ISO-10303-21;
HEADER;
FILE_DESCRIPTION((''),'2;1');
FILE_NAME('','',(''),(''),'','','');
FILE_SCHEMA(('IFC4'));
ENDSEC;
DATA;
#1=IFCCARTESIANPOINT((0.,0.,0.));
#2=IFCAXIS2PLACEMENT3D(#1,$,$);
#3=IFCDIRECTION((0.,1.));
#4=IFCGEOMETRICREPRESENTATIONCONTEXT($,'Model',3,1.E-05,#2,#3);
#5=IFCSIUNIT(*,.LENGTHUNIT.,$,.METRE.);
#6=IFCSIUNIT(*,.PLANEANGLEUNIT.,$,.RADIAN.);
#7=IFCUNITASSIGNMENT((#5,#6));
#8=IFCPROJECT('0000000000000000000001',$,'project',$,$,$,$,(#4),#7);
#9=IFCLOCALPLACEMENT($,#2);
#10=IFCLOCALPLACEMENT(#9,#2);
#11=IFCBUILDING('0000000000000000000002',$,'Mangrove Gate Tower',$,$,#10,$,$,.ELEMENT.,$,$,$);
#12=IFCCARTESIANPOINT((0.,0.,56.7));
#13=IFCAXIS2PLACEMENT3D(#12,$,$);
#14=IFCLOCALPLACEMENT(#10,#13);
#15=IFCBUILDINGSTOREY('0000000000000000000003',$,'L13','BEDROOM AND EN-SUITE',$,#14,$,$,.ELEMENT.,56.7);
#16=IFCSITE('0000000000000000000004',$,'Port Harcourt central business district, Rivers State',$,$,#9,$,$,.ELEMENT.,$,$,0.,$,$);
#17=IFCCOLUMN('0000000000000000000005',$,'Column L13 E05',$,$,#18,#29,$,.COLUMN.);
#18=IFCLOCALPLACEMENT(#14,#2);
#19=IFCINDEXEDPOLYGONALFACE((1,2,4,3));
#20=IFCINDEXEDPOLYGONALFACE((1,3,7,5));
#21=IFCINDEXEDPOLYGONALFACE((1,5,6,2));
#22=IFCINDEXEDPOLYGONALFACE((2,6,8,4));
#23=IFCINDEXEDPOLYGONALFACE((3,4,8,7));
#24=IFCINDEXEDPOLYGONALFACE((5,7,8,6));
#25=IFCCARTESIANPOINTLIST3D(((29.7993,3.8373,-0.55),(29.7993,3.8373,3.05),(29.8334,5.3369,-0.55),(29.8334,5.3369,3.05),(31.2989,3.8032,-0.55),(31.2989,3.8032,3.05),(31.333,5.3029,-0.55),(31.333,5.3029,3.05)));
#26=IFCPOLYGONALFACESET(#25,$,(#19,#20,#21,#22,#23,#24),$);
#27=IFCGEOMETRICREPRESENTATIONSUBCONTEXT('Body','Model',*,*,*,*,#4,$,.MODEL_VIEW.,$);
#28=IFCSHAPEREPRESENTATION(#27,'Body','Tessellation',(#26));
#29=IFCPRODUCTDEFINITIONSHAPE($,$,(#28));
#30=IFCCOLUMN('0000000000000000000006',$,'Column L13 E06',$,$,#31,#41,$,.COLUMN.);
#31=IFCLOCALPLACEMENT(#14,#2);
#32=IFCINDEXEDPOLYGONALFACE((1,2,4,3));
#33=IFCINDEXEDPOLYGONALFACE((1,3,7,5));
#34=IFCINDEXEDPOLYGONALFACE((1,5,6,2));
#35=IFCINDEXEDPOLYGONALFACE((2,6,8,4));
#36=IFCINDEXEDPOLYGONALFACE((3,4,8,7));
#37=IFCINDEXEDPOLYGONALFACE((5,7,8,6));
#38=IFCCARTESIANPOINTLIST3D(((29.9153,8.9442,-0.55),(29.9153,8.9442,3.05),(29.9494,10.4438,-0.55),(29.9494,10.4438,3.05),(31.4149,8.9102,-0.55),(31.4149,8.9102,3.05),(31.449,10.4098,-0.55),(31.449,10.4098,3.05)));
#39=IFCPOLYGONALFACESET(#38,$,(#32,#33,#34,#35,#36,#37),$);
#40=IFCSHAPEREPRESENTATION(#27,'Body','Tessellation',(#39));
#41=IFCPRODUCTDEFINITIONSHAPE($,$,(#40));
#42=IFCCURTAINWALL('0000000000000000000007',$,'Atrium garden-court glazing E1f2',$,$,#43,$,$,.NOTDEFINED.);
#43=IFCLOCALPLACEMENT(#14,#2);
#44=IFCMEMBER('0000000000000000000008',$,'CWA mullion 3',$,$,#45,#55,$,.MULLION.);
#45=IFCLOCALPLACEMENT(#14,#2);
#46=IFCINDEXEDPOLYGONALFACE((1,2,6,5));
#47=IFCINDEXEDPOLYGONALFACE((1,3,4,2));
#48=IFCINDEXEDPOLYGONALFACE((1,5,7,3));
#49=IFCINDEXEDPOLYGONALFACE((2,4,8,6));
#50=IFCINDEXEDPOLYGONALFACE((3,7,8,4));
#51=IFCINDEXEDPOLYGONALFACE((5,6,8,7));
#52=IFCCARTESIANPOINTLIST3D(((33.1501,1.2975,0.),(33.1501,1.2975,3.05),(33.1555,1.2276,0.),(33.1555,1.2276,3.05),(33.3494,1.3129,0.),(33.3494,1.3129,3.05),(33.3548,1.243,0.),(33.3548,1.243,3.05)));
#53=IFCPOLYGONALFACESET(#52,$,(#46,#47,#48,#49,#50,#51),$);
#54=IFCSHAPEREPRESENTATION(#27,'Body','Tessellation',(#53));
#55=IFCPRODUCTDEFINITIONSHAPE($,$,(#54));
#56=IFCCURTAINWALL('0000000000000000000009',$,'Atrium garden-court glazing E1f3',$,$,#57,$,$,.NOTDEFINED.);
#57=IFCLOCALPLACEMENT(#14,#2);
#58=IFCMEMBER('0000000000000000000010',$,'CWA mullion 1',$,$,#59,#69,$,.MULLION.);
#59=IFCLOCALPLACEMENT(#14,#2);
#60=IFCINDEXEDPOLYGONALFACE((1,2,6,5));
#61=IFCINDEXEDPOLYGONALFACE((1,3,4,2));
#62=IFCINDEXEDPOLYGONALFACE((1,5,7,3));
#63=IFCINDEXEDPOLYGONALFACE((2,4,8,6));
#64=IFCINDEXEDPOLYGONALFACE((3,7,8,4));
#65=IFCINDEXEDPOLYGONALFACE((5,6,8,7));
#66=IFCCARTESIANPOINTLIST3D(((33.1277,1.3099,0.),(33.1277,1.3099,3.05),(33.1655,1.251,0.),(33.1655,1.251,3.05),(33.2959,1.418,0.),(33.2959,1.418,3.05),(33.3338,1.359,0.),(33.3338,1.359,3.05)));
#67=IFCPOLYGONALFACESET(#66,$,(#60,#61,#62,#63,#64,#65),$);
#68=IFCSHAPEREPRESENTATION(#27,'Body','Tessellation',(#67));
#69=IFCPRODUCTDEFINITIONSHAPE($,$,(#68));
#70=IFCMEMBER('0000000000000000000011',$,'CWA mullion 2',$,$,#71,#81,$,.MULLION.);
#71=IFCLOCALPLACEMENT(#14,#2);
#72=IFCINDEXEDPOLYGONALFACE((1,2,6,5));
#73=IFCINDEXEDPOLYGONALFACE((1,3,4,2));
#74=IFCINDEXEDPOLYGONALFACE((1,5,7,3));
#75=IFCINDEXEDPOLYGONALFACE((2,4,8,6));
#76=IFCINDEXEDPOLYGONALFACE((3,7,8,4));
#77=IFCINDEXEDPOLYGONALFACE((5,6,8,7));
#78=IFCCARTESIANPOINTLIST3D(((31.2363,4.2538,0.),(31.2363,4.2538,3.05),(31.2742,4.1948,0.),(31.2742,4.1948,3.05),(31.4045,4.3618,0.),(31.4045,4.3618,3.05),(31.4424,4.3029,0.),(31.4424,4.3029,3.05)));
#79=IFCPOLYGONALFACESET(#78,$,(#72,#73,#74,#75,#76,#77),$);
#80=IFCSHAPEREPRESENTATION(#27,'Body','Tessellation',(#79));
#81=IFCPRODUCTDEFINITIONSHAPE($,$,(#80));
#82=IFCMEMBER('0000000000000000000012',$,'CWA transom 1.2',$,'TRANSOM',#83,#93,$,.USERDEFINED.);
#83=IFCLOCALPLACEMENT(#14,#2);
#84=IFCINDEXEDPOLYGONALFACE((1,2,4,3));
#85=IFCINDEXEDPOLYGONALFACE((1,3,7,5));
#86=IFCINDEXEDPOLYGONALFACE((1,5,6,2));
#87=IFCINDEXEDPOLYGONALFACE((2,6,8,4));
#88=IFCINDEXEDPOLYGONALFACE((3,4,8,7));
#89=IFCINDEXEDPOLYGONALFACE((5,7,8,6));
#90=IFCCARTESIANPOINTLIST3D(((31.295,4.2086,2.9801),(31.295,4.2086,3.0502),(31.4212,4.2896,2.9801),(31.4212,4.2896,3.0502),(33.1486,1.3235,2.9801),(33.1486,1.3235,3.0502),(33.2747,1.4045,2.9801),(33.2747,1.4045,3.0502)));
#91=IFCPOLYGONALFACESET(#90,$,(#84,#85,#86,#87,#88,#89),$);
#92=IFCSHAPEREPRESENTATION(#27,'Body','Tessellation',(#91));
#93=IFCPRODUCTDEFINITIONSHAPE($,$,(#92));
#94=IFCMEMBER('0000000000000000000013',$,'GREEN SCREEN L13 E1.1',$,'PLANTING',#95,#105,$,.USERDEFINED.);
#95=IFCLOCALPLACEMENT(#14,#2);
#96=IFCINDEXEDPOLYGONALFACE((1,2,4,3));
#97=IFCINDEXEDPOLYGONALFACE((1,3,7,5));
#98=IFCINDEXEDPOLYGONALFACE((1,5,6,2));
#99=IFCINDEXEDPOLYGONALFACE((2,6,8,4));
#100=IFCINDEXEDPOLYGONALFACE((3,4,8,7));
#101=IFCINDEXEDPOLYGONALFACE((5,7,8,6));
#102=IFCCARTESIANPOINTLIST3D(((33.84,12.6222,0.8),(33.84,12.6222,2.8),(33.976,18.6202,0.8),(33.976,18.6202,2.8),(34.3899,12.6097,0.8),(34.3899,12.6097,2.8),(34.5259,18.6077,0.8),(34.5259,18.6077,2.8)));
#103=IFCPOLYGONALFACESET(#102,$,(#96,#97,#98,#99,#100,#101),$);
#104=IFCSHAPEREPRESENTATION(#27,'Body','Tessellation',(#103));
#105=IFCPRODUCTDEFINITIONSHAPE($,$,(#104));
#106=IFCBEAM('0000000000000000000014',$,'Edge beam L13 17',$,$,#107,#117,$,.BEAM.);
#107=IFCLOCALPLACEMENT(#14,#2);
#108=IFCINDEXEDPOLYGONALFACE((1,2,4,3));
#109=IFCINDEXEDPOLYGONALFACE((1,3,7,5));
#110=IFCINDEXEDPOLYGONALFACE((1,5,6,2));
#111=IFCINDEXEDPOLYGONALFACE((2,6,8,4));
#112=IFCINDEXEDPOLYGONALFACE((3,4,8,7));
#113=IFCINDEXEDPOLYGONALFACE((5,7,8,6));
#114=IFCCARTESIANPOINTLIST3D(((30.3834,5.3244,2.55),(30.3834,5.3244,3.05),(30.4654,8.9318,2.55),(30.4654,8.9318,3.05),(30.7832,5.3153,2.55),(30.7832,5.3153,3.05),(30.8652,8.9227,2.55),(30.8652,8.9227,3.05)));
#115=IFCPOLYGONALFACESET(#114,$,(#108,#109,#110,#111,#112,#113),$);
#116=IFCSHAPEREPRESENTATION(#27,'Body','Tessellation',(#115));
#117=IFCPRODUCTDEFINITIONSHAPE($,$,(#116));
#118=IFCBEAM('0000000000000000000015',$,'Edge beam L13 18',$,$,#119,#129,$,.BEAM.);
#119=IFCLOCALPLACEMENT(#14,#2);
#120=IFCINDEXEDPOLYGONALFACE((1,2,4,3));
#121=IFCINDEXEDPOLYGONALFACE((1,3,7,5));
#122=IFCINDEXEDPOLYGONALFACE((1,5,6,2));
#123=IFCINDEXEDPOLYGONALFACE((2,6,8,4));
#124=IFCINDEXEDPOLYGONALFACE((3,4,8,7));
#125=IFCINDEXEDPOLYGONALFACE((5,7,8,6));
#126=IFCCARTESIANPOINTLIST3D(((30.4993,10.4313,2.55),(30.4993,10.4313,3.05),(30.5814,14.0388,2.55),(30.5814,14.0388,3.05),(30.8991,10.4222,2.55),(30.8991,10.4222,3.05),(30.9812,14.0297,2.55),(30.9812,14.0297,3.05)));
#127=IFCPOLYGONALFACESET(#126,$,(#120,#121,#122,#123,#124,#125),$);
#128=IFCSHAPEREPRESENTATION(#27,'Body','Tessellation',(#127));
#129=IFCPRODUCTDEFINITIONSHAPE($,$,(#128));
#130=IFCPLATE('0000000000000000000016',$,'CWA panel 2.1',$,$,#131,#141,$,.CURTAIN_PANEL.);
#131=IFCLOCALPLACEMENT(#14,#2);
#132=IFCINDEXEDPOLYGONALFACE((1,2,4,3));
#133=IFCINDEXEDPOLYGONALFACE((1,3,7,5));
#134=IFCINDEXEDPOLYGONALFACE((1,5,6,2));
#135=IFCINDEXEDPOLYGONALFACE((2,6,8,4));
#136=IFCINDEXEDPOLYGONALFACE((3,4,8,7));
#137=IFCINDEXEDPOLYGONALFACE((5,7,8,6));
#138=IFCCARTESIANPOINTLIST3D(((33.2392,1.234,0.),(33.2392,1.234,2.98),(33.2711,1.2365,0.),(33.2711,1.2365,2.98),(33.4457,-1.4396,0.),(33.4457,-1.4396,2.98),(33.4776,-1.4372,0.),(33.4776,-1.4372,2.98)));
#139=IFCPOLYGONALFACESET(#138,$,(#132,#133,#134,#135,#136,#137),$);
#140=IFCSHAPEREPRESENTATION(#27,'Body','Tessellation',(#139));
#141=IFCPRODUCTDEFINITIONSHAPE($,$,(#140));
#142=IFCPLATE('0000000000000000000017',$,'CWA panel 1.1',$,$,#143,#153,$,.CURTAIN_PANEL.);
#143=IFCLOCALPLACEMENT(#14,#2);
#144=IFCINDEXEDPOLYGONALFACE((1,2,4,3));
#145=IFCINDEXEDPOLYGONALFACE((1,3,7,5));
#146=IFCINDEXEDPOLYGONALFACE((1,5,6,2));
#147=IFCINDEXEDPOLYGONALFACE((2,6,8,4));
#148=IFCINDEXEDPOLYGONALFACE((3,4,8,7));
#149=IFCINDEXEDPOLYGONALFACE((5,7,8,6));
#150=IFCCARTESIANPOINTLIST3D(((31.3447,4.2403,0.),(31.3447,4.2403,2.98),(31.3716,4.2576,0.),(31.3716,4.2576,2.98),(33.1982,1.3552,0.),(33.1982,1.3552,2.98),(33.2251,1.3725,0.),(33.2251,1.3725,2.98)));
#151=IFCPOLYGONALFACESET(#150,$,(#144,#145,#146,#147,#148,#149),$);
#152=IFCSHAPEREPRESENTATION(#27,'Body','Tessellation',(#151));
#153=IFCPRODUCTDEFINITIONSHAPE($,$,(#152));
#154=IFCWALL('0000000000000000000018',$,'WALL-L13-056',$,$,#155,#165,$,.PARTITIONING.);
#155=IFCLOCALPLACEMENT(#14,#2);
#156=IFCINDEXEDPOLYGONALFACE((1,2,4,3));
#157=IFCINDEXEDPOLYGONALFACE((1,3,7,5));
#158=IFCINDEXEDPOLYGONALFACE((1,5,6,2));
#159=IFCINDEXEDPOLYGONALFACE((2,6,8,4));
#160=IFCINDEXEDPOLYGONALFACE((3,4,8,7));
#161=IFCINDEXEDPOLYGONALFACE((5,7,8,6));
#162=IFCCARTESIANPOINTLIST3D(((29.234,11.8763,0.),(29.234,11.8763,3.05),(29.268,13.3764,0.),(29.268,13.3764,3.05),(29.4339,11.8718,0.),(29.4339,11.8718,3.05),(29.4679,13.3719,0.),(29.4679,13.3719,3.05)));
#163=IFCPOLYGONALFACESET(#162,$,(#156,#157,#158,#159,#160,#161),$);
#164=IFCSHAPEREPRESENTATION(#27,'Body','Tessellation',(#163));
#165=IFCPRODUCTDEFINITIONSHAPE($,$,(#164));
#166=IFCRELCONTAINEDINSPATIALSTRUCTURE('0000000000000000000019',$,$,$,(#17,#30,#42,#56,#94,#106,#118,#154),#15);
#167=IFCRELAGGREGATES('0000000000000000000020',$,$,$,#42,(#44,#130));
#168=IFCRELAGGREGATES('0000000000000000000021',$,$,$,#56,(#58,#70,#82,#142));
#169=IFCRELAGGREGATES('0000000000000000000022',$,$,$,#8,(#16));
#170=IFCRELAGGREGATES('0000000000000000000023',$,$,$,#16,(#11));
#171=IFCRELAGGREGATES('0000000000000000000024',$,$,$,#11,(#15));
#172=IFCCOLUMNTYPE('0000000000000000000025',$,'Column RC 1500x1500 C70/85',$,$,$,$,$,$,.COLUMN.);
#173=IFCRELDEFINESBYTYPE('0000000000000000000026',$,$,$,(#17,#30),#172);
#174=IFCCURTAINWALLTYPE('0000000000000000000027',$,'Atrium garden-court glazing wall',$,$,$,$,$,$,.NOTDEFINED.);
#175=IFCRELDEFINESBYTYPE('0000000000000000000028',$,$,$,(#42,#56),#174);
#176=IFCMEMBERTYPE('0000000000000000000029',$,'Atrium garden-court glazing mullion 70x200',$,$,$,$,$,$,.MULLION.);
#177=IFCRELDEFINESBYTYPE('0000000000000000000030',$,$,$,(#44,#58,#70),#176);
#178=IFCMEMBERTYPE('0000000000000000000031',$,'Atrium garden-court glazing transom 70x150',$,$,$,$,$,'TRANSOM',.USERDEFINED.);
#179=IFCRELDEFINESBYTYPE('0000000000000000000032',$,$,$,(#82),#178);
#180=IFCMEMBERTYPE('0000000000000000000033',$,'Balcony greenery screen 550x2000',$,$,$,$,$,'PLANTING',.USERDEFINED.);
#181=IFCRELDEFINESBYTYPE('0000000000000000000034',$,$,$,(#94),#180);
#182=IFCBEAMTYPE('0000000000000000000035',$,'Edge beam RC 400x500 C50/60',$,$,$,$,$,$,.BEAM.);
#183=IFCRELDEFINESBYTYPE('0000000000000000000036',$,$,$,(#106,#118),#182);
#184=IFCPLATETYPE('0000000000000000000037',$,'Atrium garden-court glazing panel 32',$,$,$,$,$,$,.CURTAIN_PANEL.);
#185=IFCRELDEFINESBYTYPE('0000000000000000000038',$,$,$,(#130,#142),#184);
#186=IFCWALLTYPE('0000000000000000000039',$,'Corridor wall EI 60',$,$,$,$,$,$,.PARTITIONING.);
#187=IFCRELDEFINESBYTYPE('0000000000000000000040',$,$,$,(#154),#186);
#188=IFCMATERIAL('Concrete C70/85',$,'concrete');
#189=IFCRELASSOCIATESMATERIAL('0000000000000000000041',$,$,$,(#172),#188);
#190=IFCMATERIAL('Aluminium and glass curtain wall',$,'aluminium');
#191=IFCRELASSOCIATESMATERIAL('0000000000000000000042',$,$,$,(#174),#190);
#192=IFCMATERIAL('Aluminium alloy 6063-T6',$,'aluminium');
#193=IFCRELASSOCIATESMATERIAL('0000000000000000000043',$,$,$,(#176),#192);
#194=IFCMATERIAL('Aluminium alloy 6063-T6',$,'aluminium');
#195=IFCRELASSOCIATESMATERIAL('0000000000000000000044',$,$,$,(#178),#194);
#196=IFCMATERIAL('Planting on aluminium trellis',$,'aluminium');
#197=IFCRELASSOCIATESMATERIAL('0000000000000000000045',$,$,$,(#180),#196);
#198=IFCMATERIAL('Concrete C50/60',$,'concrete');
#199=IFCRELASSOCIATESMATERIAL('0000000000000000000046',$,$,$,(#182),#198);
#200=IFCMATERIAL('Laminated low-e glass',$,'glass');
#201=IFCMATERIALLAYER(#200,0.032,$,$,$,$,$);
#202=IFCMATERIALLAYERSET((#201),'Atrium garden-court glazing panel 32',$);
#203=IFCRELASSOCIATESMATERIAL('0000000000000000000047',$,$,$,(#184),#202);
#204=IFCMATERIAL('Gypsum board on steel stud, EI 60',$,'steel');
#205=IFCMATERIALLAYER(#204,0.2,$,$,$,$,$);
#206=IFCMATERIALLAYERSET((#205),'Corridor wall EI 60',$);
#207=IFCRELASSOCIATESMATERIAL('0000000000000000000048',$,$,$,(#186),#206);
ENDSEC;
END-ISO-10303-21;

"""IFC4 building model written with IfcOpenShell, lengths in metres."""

from ifc_helpers import new_model, si_unit, direction, frame, frame_2d, origin, origin_2d, place, context, subcontext, project, spatial, rectangle, extrude, material, layer, layer_set, material_profile, profile_set, type_object, element, aggregate, save


model = new_model("IFC4")

# Units and contexts
model_context = context("Model", 3, precision=1e-05, world=origin(), true_north=direction((0.0, 1.0)))
body_context = subcontext(model_context, "Body", "Model", "MODEL_VIEW")
ifc_project = project(units=[si_unit("LENGTHUNIT", "METRE"), si_unit("PLANEANGLEUNIT", "RADIAN")], contexts=[model_context])

# Site, building, storey
site_placement = place(None, origin())
site = spatial("IfcSite", under=ifc_project, at=site_placement, Name="Port Harcourt central business district, Rivers State", CompositionType="ELEMENT", RefElevation=0.0)
building_placement = place(site_placement, origin())
building = spatial("IfcBuilding", under=site, at=building_placement, Name="Mangrove Gate Tower", CompositionType="ELEMENT")
storey_placement = place(building_placement, frame((0.0, 0.0, 56.7)))
storey = spatial("IfcBuildingStorey", under=building, at=storey_placement, Name="L13", Description="BEDROOM AND EN-SUITE", CompositionType="ELEMENT", Elevation=56.7)

# Columns
ifc_material_1 = material(Name="Concrete C70/85", Category="concrete")
ifc_material_profile_1 = material_profile(ifc_material_1, rectangle(XDim=1.5, YDim=1.5, at=origin_2d()))
ifc_profile_set_1 = profile_set([ifc_material_profile_1], Name="Concrete C70/85")
column_type = type_object("IfcColumnType", Name="Column RC 1500x1500 C70/85", PredefinedType="COLUMN", material=ifc_profile_set_1)
for number, where, z_axis, x_axis, name in (
    (1, (30.5662, 4.5701, -0.55), (0.0, 0.0, 1.0), (0.022695, 0.999742, 0.0), "Column L13 E05"),
    (2, (30.6821, 9.677, -0.55), (0.0, 0.0, 1.0), (0.022708, 0.999742, 0.0), "Column L13 E06"),
):
    element("IfcColumn", number, at=place(storey_placement, frame(where, z_axis=z_axis, x_axis=x_axis)), inside=storey, type_object=column_type, Name=name, PredefinedType="COLUMN", context=body_context, shape_type="SweptSolid", body=[
        extrude(rectangle(XDim=1.5, YDim=1.5, at=origin_2d()), origin(), (0.0, 0.0, 1.0), 3.6001),
    ])

# Curtain wall, member
ifc_material_2 = material(Name="Aluminium and glass curtain wall", Category="aluminium")
curtain_wall_type = type_object("IfcCurtainWallType", Name="Atrium garden-court glazing wall", PredefinedType="NOTDEFINED", material=ifc_material_2)
curtain_wall_1_placement = place(storey_placement, origin())
curtain_wall_1 = element("IfcCurtainWall", 3, at=curtain_wall_1_placement, inside=storey, type_object=curtain_wall_type, Name="Atrium garden-court glazing E1f2", PredefinedType="NOTDEFINED")
ifc_material_3 = material(Name="Aluminium alloy 6063-T6", Category="aluminium")
ifc_material_profile_2 = material_profile(ifc_material_3, rectangle(XDim=0.0701, YDim=0.2, at=origin_2d()))
ifc_profile_set_2 = profile_set([ifc_material_profile_2], Name="Aluminium alloy 6063-T6")
member_type_1 = type_object("IfcMemberType", Name="Atrium garden-court glazing mullion 70x200", PredefinedType="MULLION", material=ifc_profile_set_2)
member_1_placement = place(storey_placement, frame((33.2524, 1.2703, 0.0), z_axis=(0.0, 0.0, 1.0), x_axis=(-0.077023, 0.997029, 0.0)))
member_1 = element("IfcMember", 4, at=member_1_placement, type_object=member_type_1, Name="CWA mullion 3", PredefinedType="MULLION", context=body_context, shape_type="SweptSolid", body=[
    extrude(rectangle(XDim=0.0701, YDim=0.2, at=origin_2d()), origin(), (0.0, 0.0, 1.0), 3.05),
])

# Curtain wall, members
curtain_wall_2_placement = place(storey_placement, origin())
curtain_wall_2 = element("IfcCurtainWall", 5, at=curtain_wall_2_placement, inside=storey, type_object=curtain_wall_type, Name="Atrium garden-court glazing E1f3", PredefinedType="NOTDEFINED")
member_2_placement = place(storey_placement, frame((33.2307, 1.3345, 0.0), z_axis=(0.0, 0.0, 1.0), x_axis=(-0.540525, 0.841328, 0.0)))
member_2 = element("IfcMember", 6, at=member_2_placement, type_object=member_type_1, Name="CWA mullion 1", PredefinedType="MULLION", context=body_context, shape_type="SweptSolid", body=[
    extrude(rectangle(XDim=0.0701, YDim=0.2, at=origin_2d()), origin(), (0.0, 0.0, 1.0), 3.05),
])
member_3_placement = place(storey_placement, frame((31.3394, 4.2783, 0.0), z_axis=(0.0, 0.0, 1.0), x_axis=(-0.540525, 0.841328, 0.0)))
member_3 = element("IfcMember", 7, at=member_3_placement, type_object=member_type_1, Name="CWA mullion 2", PredefinedType="MULLION", context=body_context, shape_type="SweptSolid", body=[
    extrude(rectangle(XDim=0.0701, YDim=0.2, at=origin_2d()), origin(), (0.0, 0.0, 1.0), 3.05),
])
ifc_material_4 = material(Name="Aluminium alloy 6063-T6", Category="aluminium")
ifc_material_profile_3 = material_profile(ifc_material_4, rectangle(XDim=0.0701, YDim=0.1499, at=origin_2d()))
ifc_profile_set_3 = profile_set([ifc_material_profile_3], Name="Aluminium alloy 6063-T6")
member_type_2 = type_object("IfcMemberType", Name="Atrium garden-court glazing transom 70x150", ElementType="TRANSOM", PredefinedType="USERDEFINED", material=ifc_profile_set_3)
member_4_placement = place(storey_placement, frame((33.2117, 1.364, 3.0151), z_axis=(-0.540524, 0.841329, 0.0), x_axis=(0.0, 0.0, 1.0)))
member_4 = element("IfcMember", 8, at=member_4_placement, type_object=member_type_2, Name="CWA transom 1.2", ObjectType="TRANSOM", PredefinedType="USERDEFINED", context=body_context, shape_type="SweptSolid", body=[
    extrude(rectangle(XDim=0.0701, YDim=0.1499, at=origin_2d()), origin(), (0.0, 0.0, 1.0), 3.4292),
])

# Member
ifc_material_5 = material(Name="Planting on aluminium trellis", Category="aluminium")
ifc_material_profile_4 = material_profile(ifc_material_5, rectangle(XDim=0.55, YDim=2.0, at=origin_2d()))
ifc_profile_set_4 = profile_set([ifc_material_profile_4], Name="Planting on aluminium trellis")
member_type_3 = type_object("IfcMemberType", Name="Balcony greenery screen 550x2000", ElementType="PLANTING", PredefinedType="USERDEFINED", material=ifc_profile_set_4)
member_5_placement = place(storey_placement, frame((34.115, 12.616, 1.8), z_axis=(0.022666, 0.999743, 0.0), x_axis=(-0.999743, 0.022666, 0.0)))
element("IfcMember", 9, at=member_5_placement, inside=storey, type_object=member_type_3, Name="GREEN SCREEN L13 E1.1", ObjectType="PLANTING", PredefinedType="USERDEFINED", context=body_context, shape_type="SweptSolid", body=[
    extrude(rectangle(XDim=0.55, YDim=2.0, at=origin_2d()), origin(), (0.0, 0.0, 1.0), 5.9995),
])

# Beams
ifc_material_6 = material(Name="Concrete C50/60", Category="concrete")
ifc_material_profile_5 = material_profile(ifc_material_6, rectangle(XDim=0.3999, YDim=0.5, at=origin_2d()))
ifc_profile_set_5 = profile_set([ifc_material_profile_5], Name="Concrete C50/60")
beam_type = type_object("IfcBeamType", Name="Edge beam RC 400x500 C50/60", PredefinedType="BEAM", material=ifc_profile_set_5)
for number, where, z_axis, x_axis, name in (
    (10, (30.5833, 5.3198, 2.8), (0.022734, 0.999742, 0.0), (-0.999742, 0.022734, 0.0), "Edge beam L13 17"),
    (11, (30.6992, 10.4268, 2.8), (0.022734, 0.999742, 0.0), (-0.999742, 0.022734, 0.0), "Edge beam L13 18"),
):
    element("IfcBeam", number, at=place(storey_placement, frame(where, z_axis=z_axis, x_axis=x_axis)), inside=storey, type_object=beam_type, Name=name, PredefinedType="BEAM", context=body_context, shape_type="SweptSolid", body=[
        extrude(rectangle(XDim=0.3999, YDim=0.5, at=origin_2d()), origin(), (0.0, 0.0, 1.0), 3.6084),
    ])

# Plates
ifc_material_7 = material(Name="Laminated low-e glass", Category="glass")
ifc_layer_1 = layer(ifc_material_7, 0.032)
ifc_layer_set_1 = layer_set([ifc_layer_1], Name="Atrium garden-court glazing panel 32")
plate_type = type_object("IfcPlateType", Name="Atrium garden-court glazing panel 32", PredefinedType="CURTAIN_PANEL", material=ifc_layer_set_1)
plate_1_placement = place(storey_placement, frame((33.3584, -0.1016, 0.0), z_axis=(0.0, 0.0, 1.0), x_axis=(-0.077023, 0.997029, 0.0)))
plate_1 = element("IfcPlate", 12, at=plate_1_placement, type_object=plate_type, Name="CWA panel 2.1", PredefinedType="CURTAIN_PANEL", context=body_context, shape_type="SweptSolid", body=[
    extrude(rectangle(XDim=2.6816, YDim=0.032, at=origin_2d()), origin(), (0.0, 0.0, 1.0), 2.98),
])
aggregate(curtain_wall_1, [member_1, plate_1])
plate_2_placement = place(storey_placement, frame((32.2849, 2.8064, 0.0), z_axis=(0.0, 0.0, 1.0), x_axis=(-0.540525, 0.841328, 0.0)))
plate_2 = element("IfcPlate", 13, at=plate_2_placement, type_object=plate_type, Name="CWA panel 1.1", PredefinedType="CURTAIN_PANEL", context=body_context, shape_type="SweptSolid", body=[
    extrude(rectangle(XDim=3.4292, YDim=0.032, at=origin_2d()), origin(), (0.0, 0.0, 1.0), 2.98),
])
aggregate(curtain_wall_2, [member_2, member_3, member_4, plate_2])

# Wall
ifc_material_8 = material(Name="Gypsum board on steel stud, EI 60", Category="steel")
ifc_layer_2 = layer(ifc_material_8, 0.2)
ifc_layer_set_2 = layer_set([ifc_layer_2], Name="Corridor wall EI 60")
wall_type_1 = type_object("IfcWallType", Name="Corridor wall EI 60", PredefinedType="PARTITIONING", material=ifc_layer_set_2)
wall_1_placement = place(storey_placement, frame((29.334, 11.874, 0.0), z_axis=(0.0, 0.0, 1.0), x_axis=(0.022618, 0.999744, 0.0)))
element("IfcWall", 14, at=wall_1_placement, inside=storey, type_object=wall_type_1, Name="WALL-L13-056", PredefinedType="PARTITIONING", context=body_context, shape_type="SweptSolid", body=[
    extrude(rectangle(XDim=1.5005, YDim=0.2, at=frame_2d((0.7502, 0.0))), origin(), (0.0, 0.0, 1.0), 3.05),
])

save(model, "model.ifc")
